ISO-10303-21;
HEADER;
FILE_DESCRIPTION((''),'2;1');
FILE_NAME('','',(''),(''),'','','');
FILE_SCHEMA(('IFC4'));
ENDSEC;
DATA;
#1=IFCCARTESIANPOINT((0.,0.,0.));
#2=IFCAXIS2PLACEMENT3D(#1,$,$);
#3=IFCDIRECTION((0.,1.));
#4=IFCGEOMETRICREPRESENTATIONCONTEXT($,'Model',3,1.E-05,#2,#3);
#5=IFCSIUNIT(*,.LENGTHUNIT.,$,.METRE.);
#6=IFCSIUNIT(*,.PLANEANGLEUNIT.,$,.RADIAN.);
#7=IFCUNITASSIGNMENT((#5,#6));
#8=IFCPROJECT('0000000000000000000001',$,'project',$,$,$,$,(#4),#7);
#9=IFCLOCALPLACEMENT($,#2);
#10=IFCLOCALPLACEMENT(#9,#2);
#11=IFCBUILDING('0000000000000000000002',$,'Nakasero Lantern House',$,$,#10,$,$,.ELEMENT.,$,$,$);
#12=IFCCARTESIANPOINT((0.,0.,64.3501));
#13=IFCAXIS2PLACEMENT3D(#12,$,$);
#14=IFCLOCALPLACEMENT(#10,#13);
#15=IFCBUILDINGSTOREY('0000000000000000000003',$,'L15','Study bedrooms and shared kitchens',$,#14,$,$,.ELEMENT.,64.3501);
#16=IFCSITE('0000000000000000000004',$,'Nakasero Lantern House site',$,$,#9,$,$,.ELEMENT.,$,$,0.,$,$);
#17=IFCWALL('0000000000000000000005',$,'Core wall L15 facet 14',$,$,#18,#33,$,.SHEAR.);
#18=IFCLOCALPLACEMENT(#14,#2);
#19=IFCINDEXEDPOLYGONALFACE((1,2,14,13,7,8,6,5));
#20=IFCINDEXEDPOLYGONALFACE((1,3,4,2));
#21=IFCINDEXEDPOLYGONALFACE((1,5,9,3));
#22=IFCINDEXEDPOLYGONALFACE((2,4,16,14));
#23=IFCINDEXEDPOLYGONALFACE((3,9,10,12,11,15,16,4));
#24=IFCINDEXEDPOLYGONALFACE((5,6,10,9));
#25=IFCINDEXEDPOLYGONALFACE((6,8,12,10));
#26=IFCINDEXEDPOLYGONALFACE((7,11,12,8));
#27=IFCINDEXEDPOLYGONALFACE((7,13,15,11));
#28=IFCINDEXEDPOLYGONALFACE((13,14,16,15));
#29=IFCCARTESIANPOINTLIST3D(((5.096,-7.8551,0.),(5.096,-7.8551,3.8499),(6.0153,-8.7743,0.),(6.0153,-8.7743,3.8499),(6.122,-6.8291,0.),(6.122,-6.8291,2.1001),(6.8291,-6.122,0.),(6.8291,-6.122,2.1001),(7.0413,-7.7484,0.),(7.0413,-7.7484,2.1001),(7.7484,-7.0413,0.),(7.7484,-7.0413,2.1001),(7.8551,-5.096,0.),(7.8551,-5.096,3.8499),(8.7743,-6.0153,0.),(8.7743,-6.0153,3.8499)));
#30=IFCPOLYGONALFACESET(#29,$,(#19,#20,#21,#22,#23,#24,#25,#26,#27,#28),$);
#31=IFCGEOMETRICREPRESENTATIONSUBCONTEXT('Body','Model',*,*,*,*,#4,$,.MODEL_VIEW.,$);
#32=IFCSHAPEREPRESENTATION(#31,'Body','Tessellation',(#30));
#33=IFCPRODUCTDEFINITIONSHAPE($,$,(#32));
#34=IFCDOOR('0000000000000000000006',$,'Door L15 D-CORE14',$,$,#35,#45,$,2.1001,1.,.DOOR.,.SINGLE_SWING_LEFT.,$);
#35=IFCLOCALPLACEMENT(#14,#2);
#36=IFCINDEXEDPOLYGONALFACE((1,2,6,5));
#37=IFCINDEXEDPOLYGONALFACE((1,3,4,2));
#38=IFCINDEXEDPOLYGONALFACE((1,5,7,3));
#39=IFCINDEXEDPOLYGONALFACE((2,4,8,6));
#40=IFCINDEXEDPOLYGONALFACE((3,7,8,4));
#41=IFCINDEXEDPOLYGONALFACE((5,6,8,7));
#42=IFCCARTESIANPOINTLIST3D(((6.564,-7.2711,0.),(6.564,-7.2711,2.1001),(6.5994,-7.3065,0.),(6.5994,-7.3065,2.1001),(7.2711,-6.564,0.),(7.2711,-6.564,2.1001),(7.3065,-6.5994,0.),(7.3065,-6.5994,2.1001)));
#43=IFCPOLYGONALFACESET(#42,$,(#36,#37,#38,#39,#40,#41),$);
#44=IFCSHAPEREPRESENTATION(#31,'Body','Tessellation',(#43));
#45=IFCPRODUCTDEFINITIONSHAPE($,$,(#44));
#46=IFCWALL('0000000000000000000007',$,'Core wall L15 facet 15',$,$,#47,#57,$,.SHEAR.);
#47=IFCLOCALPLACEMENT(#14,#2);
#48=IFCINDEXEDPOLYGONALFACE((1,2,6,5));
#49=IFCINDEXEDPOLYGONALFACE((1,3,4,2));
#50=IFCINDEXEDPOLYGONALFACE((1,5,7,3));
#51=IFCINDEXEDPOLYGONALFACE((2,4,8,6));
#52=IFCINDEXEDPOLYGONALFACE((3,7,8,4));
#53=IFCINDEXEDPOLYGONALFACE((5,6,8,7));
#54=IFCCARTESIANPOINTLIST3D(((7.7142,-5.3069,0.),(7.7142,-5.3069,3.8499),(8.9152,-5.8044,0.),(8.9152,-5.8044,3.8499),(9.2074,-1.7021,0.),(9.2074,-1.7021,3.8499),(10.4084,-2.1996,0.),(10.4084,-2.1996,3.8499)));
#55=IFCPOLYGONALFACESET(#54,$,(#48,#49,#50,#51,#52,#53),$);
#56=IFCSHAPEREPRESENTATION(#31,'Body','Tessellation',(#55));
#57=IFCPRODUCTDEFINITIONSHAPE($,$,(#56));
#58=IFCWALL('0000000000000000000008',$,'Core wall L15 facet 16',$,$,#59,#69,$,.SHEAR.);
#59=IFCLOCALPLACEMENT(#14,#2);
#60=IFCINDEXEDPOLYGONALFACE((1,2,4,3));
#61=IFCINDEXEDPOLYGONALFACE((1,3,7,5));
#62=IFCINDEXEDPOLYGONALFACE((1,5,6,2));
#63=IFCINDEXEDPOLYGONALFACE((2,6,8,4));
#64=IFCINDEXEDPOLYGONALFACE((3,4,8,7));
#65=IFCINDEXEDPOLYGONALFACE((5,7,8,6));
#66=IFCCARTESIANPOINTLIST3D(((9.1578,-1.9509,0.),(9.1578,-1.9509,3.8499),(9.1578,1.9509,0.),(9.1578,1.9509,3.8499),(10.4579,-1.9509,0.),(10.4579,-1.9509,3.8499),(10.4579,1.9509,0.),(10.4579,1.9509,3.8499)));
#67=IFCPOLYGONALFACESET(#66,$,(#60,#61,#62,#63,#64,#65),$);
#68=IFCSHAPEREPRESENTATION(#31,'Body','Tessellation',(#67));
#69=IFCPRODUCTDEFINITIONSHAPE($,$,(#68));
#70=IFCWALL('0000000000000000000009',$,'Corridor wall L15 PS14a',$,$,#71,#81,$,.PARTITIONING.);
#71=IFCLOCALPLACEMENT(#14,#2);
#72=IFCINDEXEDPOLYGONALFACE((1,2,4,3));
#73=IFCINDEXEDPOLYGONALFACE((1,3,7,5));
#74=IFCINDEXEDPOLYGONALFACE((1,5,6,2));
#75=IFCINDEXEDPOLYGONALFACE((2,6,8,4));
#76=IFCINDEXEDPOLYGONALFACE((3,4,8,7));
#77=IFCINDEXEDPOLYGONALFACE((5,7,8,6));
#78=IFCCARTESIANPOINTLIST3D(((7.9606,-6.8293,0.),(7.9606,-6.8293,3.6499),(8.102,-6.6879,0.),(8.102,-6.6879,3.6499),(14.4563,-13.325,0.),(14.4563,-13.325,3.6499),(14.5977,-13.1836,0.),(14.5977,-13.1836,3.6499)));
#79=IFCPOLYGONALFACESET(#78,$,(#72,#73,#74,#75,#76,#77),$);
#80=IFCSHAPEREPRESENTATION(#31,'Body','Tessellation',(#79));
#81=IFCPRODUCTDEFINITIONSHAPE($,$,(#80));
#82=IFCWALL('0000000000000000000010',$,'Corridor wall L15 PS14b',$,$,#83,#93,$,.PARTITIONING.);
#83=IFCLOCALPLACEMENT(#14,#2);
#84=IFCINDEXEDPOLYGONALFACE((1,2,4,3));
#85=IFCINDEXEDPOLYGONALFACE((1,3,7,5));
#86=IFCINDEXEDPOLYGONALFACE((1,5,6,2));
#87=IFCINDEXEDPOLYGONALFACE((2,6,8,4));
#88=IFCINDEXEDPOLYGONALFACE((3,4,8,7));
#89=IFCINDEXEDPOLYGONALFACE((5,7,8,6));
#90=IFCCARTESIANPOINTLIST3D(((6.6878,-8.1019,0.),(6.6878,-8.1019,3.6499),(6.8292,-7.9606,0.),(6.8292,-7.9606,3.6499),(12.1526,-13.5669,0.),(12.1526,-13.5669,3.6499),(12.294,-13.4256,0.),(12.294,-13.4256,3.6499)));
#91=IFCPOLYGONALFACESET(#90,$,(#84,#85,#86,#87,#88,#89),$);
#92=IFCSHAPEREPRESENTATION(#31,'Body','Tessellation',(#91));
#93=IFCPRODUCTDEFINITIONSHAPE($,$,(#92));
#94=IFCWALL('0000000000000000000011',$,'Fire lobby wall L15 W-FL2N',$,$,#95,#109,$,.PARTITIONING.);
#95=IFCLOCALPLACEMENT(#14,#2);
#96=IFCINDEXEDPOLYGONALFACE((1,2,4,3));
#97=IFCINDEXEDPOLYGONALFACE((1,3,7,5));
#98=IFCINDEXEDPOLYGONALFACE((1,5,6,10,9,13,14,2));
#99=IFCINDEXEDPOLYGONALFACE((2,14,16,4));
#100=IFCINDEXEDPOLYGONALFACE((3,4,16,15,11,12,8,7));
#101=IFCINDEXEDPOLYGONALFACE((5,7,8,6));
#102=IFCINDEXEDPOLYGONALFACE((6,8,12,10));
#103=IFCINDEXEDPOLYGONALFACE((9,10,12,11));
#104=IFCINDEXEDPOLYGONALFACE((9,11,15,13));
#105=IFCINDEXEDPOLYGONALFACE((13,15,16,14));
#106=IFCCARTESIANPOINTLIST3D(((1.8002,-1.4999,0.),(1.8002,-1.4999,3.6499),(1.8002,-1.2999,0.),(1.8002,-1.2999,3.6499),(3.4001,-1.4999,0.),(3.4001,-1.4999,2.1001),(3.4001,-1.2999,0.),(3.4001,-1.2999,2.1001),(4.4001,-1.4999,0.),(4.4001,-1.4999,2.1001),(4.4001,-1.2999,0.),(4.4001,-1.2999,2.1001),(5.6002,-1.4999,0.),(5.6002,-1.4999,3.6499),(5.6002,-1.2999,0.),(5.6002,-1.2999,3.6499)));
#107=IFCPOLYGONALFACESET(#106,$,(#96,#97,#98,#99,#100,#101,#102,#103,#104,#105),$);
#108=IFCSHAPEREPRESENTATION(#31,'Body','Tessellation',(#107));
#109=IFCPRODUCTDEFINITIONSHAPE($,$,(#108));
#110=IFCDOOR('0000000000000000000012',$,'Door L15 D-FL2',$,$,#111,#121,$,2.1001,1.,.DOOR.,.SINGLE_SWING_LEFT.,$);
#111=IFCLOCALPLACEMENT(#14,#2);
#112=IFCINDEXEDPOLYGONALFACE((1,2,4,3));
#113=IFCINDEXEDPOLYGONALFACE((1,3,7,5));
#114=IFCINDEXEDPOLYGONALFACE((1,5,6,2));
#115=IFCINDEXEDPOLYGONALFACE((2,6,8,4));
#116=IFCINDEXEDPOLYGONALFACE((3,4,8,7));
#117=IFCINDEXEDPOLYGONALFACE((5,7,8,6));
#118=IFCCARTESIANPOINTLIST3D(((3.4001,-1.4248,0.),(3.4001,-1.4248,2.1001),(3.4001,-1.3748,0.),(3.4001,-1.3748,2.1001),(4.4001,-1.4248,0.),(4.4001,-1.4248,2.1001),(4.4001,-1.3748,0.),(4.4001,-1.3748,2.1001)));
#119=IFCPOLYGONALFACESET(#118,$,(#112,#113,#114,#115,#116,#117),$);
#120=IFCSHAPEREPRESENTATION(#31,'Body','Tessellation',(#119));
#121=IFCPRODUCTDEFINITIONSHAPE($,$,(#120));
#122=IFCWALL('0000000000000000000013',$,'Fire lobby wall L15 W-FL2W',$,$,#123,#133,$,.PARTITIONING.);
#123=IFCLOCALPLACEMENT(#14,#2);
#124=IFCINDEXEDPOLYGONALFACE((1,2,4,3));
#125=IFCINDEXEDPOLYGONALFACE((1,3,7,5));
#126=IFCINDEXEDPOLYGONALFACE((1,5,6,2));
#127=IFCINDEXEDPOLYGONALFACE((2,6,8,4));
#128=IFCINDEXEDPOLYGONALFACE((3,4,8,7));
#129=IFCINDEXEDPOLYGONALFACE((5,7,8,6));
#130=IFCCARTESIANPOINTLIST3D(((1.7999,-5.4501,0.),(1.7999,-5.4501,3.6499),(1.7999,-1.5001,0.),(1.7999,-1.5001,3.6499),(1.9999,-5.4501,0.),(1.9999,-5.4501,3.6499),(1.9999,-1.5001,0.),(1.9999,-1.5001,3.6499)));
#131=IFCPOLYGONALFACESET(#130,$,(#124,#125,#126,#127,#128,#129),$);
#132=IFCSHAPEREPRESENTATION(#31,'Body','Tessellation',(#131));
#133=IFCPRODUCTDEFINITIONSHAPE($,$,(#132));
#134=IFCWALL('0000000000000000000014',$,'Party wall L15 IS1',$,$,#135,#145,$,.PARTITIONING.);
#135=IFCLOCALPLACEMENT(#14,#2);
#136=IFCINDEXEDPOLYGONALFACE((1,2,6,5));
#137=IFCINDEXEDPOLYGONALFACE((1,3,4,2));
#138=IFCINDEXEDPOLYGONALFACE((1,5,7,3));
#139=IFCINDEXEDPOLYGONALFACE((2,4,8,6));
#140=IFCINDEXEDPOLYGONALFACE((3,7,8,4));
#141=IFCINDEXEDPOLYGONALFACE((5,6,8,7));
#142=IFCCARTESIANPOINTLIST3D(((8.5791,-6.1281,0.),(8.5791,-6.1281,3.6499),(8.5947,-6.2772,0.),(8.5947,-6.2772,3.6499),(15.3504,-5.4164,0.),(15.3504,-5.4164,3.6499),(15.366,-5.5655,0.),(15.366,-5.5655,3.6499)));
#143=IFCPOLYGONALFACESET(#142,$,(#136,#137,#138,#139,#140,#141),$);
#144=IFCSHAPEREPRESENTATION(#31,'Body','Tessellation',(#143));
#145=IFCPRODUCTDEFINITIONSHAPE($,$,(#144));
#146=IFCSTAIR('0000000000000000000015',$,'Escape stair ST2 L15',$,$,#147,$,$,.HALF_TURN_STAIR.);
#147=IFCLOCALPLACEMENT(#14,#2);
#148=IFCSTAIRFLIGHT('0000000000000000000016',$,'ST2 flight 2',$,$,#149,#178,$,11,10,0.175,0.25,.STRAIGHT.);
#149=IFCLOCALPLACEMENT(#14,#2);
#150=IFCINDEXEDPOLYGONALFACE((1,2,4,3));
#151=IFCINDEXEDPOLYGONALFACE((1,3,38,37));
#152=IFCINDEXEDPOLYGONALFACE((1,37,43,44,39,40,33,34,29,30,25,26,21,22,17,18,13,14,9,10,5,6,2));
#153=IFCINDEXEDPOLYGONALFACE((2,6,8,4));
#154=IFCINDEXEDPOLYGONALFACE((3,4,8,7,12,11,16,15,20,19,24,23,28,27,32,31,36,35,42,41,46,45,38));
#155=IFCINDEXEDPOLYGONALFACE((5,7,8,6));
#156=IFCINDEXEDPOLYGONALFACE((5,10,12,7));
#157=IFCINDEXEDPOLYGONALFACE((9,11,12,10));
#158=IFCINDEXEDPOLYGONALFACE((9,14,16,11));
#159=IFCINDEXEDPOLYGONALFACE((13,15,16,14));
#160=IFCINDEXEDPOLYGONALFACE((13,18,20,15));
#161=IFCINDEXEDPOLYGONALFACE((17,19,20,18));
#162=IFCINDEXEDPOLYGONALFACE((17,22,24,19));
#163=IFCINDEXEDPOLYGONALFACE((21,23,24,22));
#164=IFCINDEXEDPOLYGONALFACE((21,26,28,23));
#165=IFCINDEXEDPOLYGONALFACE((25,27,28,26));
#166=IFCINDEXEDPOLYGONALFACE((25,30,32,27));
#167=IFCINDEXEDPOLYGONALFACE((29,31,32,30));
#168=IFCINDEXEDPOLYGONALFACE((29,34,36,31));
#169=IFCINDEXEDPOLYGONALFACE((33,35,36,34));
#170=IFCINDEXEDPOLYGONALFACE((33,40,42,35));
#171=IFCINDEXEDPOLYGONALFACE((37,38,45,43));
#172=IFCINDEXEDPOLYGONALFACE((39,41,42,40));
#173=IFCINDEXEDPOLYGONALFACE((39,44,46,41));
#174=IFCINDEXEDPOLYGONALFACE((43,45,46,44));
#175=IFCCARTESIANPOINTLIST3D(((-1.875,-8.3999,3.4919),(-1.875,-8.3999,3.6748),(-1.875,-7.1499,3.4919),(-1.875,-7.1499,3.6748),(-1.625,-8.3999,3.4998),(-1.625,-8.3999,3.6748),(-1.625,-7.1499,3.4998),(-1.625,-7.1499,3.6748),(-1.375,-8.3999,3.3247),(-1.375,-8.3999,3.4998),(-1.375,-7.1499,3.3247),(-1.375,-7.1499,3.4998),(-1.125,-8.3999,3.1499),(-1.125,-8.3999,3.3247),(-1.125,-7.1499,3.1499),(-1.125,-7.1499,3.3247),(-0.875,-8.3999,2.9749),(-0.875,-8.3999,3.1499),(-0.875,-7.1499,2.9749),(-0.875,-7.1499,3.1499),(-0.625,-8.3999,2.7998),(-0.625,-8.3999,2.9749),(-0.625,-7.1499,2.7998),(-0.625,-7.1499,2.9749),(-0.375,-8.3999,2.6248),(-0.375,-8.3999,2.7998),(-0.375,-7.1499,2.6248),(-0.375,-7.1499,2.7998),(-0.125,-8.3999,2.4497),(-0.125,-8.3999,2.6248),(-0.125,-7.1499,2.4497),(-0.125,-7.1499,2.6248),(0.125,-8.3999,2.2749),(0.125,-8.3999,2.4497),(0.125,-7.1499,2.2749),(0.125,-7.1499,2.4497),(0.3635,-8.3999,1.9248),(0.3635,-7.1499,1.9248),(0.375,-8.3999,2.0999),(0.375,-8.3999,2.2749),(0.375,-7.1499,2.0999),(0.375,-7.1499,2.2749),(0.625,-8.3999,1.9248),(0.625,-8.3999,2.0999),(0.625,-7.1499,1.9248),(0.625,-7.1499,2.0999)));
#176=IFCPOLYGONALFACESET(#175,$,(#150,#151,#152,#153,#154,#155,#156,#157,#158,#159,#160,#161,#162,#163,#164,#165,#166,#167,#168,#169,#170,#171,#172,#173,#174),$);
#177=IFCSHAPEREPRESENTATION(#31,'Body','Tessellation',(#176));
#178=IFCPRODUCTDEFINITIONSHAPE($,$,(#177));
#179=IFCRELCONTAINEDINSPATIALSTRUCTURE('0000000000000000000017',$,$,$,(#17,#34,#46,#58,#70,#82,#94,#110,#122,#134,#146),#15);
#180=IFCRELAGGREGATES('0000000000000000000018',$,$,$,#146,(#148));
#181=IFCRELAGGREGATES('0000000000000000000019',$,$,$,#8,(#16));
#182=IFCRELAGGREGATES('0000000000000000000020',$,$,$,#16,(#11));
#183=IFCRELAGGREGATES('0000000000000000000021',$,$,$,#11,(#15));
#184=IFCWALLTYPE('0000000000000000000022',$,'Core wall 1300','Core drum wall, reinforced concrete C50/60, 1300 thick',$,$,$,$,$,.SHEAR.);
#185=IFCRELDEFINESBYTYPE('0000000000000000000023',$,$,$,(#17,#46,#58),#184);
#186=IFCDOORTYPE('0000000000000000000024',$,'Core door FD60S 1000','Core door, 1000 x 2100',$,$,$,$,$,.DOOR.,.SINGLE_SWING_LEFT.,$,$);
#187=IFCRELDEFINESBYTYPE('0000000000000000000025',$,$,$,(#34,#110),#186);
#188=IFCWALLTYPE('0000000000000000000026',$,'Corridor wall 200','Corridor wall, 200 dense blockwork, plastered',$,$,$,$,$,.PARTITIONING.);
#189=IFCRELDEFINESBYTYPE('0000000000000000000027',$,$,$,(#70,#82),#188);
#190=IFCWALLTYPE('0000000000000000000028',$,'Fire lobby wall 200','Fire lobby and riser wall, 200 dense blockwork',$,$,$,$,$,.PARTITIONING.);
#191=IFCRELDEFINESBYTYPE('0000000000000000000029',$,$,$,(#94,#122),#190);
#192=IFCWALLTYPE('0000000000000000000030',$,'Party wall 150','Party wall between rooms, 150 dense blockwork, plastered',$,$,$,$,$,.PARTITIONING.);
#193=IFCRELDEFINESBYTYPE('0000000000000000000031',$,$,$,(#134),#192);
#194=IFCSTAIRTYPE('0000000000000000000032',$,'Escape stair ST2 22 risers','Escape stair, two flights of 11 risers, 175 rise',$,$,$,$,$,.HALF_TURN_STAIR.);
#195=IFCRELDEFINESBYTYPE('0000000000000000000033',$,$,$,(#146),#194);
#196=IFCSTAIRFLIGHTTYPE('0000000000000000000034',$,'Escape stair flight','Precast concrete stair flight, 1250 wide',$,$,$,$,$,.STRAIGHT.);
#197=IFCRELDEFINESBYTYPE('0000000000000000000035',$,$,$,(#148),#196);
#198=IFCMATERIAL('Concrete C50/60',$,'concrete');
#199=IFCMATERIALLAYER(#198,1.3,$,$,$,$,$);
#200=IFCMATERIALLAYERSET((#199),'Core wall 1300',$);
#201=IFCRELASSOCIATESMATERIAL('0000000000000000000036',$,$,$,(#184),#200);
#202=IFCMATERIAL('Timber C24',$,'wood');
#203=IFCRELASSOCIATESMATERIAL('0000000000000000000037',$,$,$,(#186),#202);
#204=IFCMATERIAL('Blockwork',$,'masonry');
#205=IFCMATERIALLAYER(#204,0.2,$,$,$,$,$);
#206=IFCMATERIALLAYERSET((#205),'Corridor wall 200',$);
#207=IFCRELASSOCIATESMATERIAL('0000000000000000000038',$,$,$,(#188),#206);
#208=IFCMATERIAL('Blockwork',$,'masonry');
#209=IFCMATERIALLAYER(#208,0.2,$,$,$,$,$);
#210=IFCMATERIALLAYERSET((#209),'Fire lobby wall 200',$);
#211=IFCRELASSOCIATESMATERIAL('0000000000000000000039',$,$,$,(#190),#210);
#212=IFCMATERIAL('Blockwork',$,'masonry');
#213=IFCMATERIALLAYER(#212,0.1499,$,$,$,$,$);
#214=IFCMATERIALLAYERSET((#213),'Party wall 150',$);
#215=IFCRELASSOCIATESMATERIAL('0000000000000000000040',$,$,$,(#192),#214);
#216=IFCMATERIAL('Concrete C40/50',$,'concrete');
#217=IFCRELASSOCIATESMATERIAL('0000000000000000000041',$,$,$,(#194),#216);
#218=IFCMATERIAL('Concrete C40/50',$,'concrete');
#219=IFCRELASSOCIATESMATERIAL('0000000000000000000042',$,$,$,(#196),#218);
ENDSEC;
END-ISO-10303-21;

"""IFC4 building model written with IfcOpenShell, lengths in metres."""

from ifc_helpers import new_model, si_unit, direction, frame, frame_2d, origin, place, context, subcontext, project, spatial, polyline, rectangle, outline, extrude, material, layer, layer_set, type_object, element, fill, aggregate, save


model = new_model("IFC4")

# Units and contexts
model_context = context("Model", 3, precision=1e-05, world=origin(), true_north=direction((0.0, 1.0)))
body_context = subcontext(model_context, "Body", "Model", "MODEL_VIEW")
ifc_project = project(units=[si_unit("LENGTHUNIT", "METRE"), si_unit("PLANEANGLEUNIT", "RADIAN")], contexts=[model_context])

# Site, building, storey
site_placement = place(None, origin())
site = spatial("IfcSite", under=ifc_project, at=site_placement, Name="Nakasero Lantern House site", CompositionType="ELEMENT", RefElevation=0.0)
building_placement = place(site_placement, origin())
building = spatial("IfcBuilding", under=site, at=building_placement, Name="Nakasero Lantern House", CompositionType="ELEMENT")
storey_placement = place(building_placement, frame((0.0, 0.0, 64.3501)))
storey = spatial("IfcBuildingStorey", under=building, at=storey_placement, Name="L15", Description="Study bedrooms and shared kitchens", CompositionType="ELEMENT", Elevation=64.3501)

# Shared definitions
ifc_material_1 = material(Name="Concrete C50/60", Category="concrete")
ifc_layer_1 = layer(ifc_material_1, 1.3)
ifc_layer_set_1 = layer_set([ifc_layer_1], Name="Core wall 1300")
wall_type_1 = type_object("IfcWallType", Name="Core wall 1300", Description="Core drum wall, reinforced concrete C50/60, 1300 thick", PredefinedType="SHEAR", material=ifc_layer_set_1)

# Wall, opening, door
wall_1_placement = place(storey_placement, frame((5.5557, -8.3147, 0.0), z_axis=(0.0, 0.0, 1.0), x_axis=(0.707107, 0.707107, 0.0)))
wall_1 = element("IfcWall", 1, at=wall_1_placement, inside=storey, type_object=wall_type_1, Name="Core wall L15 facet 14", PredefinedType="SHEAR", context=body_context, shape_type="SweptSolid", body=[
    extrude(rectangle(XDim=3.9019, YDim=1.3, at=frame_2d((1.9509, 0.0))), origin(), (0.0, 0.0, 1.0), 3.8499),
])
opening_1_placement = place(wall_1_placement, frame((1.4509, 0.0, 0.0)))
opening_1 = element("IfcOpeningElement", 2, at=opening_1_placement, cuts=wall_1, PredefinedType="OPENING", context=body_context, shape_type="SweptSolid", body=[
    extrude(rectangle(XDim=1.0, YDim=2.1001, at=frame_2d((0.5, 1.05))), frame((0.0, 0.6699, 0.0), z_axis=(0.0, -1.0, 0.0), x_axis=(1.0, 0.0, 0.0)), (0.0, 0.0, 1.0), 1.3401),
])
ifc_material_2 = material(Name="Timber C24", Category="wood")
door_type_1 = type_object("IfcDoorType", Name="Core door FD60S 1000", Description="Core door, 1000 x 2100", OperationType="SINGLE_SWING_LEFT", PredefinedType="DOOR", material=ifc_material_2)
door_1_placement = place(opening_1_placement, origin())
door_1 = element("IfcDoor", 3, at=door_1_placement, inside=storey, type_object=door_type_1, Name="Door L15 D-CORE14", OperationType="SINGLE_SWING_LEFT", OverallHeight=2.1001, OverallWidth=1.0, PredefinedType="DOOR", context=body_context, shape_type="SweptSolid", body=[
    extrude(rectangle(XDim=1.0, YDim=2.1001, at=frame_2d((0.5, 1.05))), frame((0.0, 0.0249, 0.0), z_axis=(0.0, -1.0, 0.0), x_axis=(1.0, 0.0, 0.0)), (0.0, 0.0, 1.0), 0.05),
])
fill(opening_1, door_1)

# Walls
for number, where, z_axis, x_axis, name in (
    (4, (8.3147, -5.5557, 0.0), (0.0, 0.0, 1.0), (0.382691, 0.923877, 0.0), "Core wall L15 facet 15"),
    (5, (9.8079, -1.9509, 0.0), (0.0, 0.0, 1.0), (0.0, 1.0, 0.0), "Core wall L15 facet 16"),
):
    element("IfcWall", number, at=place(storey_placement, frame(where, z_axis=z_axis, x_axis=x_axis)), inside=storey, type_object=wall_type_1, Name=name, PredefinedType="SHEAR", context=body_context, shape_type="SweptSolid", body=[
        extrude(rectangle(XDim=3.9019, YDim=1.3, at=frame_2d((1.9509, 0.0))), origin(), (0.0, 0.0, 1.0), 3.8499),
    ])
ifc_material_3 = material(Name="Blockwork", Category="masonry")
ifc_layer_2 = layer(ifc_material_3, 0.2)
ifc_layer_set_2 = layer_set([ifc_layer_2], Name="Corridor wall 200")
wall_type_2 = type_object("IfcWallType", Name="Corridor wall 200", Description="Corridor wall, 200 dense blockwork, plastered", PredefinedType="PARTITIONING", material=ifc_layer_set_2)
wall_2_placement = place(storey_placement, frame((8.0312, -6.7585, 0.0), z_axis=(0.0, 0.0, 1.0), x_axis=(0.707107, -0.707107, 0.0)))
element("IfcWall", 6, at=wall_2_placement, inside=storey, type_object=wall_type_2, Name="Corridor wall L15 PS14a", PredefinedType="PARTITIONING", context=body_context, shape_type="SweptSolid", body=[
    extrude(rectangle(XDim=9.1863, YDim=0.2, at=frame_2d((4.5933, 0.0))), origin(), (0.0, 0.0, 1.0), 3.6499),
])
wall_3_placement = place(storey_placement, frame((6.7585, -8.0312, 0.0), z_axis=(0.0, 0.0, 1.0), x_axis=(0.707091, -0.707123, 0.0)))
element("IfcWall", 7, at=wall_3_placement, inside=storey, type_object=wall_type_2, Name="Corridor wall L15 PS14b", PredefinedType="PARTITIONING", context=body_context, shape_type="SweptSolid", body=[
    extrude(rectangle(XDim=7.7285, YDim=0.2, at=frame_2d((3.8643, 0.0))), origin(), (0.0, 0.0, 1.0), 3.6499),
])

# Wall, opening, door
ifc_material_4 = material(Name="Blockwork", Category="masonry")
ifc_layer_3 = layer(ifc_material_4, 0.2)
ifc_layer_set_3 = layer_set([ifc_layer_3], Name="Fire lobby wall 200")
wall_type_3 = type_object("IfcWallType", Name="Fire lobby wall 200", Description="Fire lobby and riser wall, 200 dense blockwork", PredefinedType="PARTITIONING", material=ifc_layer_set_3)
wall_4_placement = place(storey_placement, frame((5.6001, -1.3999, 0.0), z_axis=(0.0, 0.0, 1.0), x_axis=(-1.0, 0.0, 0.0)))
wall_4 = element("IfcWall", 8, at=wall_4_placement, inside=storey, type_object=wall_type_3, Name="Fire lobby wall L15 W-FL2N", PredefinedType="PARTITIONING", context=body_context, shape_type="SweptSolid", body=[
    extrude(rectangle(XDim=3.8, YDim=0.2, at=frame_2d((1.8999, 0.0))), origin(), (0.0, 0.0, 1.0), 3.6499),
])
opening_2_placement = place(wall_4_placement, frame((1.2, 0.0, 0.0)))
opening_2 = element("IfcOpeningElement", 9, at=opening_2_placement, cuts=wall_4, PredefinedType="OPENING", context=body_context, shape_type="SweptSolid", body=[
    extrude(rectangle(XDim=1.0, YDim=2.1001, at=frame_2d((0.5, 1.05))), frame((0.0, 0.1199, 0.0), z_axis=(0.0, -1.0, 0.0), x_axis=(1.0, 0.0, 0.0)), (0.0, 0.0, 1.0), 0.24),
])
door_2_placement = place(opening_2_placement, origin())
door_2 = element("IfcDoor", 10, at=door_2_placement, inside=storey, type_object=door_type_1, Name="Door L15 D-FL2", OperationType="SINGLE_SWING_LEFT", OverallHeight=2.1001, OverallWidth=1.0, PredefinedType="DOOR", context=body_context, shape_type="SweptSolid", body=[
    extrude(rectangle(XDim=1.0, YDim=2.1001, at=frame_2d((0.5, 1.05))), frame((0.0, 0.0249, 0.0), z_axis=(0.0, -1.0, 0.0), x_axis=(1.0, 0.0, 0.0)), (0.0, 0.0, 1.0), 0.05),
])
fill(opening_2, door_2)

# Walls
wall_5_placement = place(storey_placement, frame((1.8999, -1.5, 0.0), z_axis=(0.0, 0.0, 1.0), x_axis=(0.0, -1.0, 0.0)))
element("IfcWall", 11, at=wall_5_placement, inside=storey, type_object=wall_type_3, Name="Fire lobby wall L15 W-FL2W", PredefinedType="PARTITIONING", context=body_context, shape_type="SweptSolid", body=[
    extrude(rectangle(XDim=3.95, YDim=0.2, at=frame_2d((1.9751, 0.0))), origin(), (0.0, 0.0, 1.0), 3.6499),
])
ifc_material_5 = material(Name="Blockwork", Category="masonry")
ifc_layer_4 = layer(ifc_material_5, 0.1499)
ifc_layer_set_4 = layer_set([ifc_layer_4], Name="Party wall 150")
wall_type_4 = type_object("IfcWallType", Name="Party wall 150", Description="Party wall between rooms, 150 dense blockwork, plastered", PredefinedType="PARTITIONING", material=ifc_layer_set_4)
wall_6_placement = place(storey_placement, frame((8.5869, -6.2026, 0.0), z_axis=(0.0, 0.0, 1.0), x_axis=(0.994522, 0.104526, 0.0)))
element("IfcWall", 12, at=wall_6_placement, inside=storey, type_object=wall_type_4, Name="Party wall L15 IS1", PredefinedType="PARTITIONING", context=body_context, shape_type="SweptSolid", body=[
    extrude(rectangle(XDim=6.8086, YDim=0.1499, at=frame_2d((3.4043, 0.0))), origin(), (0.0, 0.0, 1.0), 3.6499),
])

# Stair, stair flight
ifc_material_6 = material(Name="Concrete C40/50", Category="concrete")
stair_type = type_object("IfcStairType", Name="Escape stair ST2 22 risers", Description="Escape stair, two flights of 11 risers, 175 rise", PredefinedType="HALF_TURN_STAIR", material=ifc_material_6)
stair_placement = place(storey_placement, origin())
stair = element("IfcStair", 13, at=stair_placement, inside=storey, type_object=stair_type, Name="Escape stair ST2 L15", PredefinedType="HALF_TURN_STAIR")
ifc_material_7 = material(Name="Concrete C40/50", Category="concrete")
stair_flight_type = type_object("IfcStairFlightType", Name="Escape stair flight", Description="Precast concrete stair flight, 1250 wide", PredefinedType="STRAIGHT", material=ifc_material_7)
stair_flight_placement = place(storey_placement, frame((0.625, -7.7749, 1.9248), z_axis=(0.0, 0.0, 1.0), x_axis=(-1.0, 0.0, 0.0)))
stair_flight = element("IfcStairFlight", 14, at=stair_flight_placement, type_object=stair_flight_type, Name="ST2 flight 2", NumberOfRisers=11, NumberOfTreads=10, PredefinedType="STRAIGHT", RiserHeight=0.175, TreadLength=0.25, context=body_context, shape_type="SweptSolid", body=[
    extrude(outline(polyline([(0.0, 0.0), (0.0, 0.175), (0.25, 0.175), (0.25, 0.3501), (0.5, 0.3501), (0.5, 0.5249), (0.75, 0.5249), (0.75, 0.7), (1.0, 0.7), (1.0, 0.875), (1.25, 0.875), (1.25, 1.05), (1.5, 1.05), (1.5, 1.2251), (1.75, 1.2251), (1.75, 1.3999), (2.0, 1.3999), (2.0, 1.575), (2.25, 1.575), (2.25, 1.75), (2.5, 1.75), (2.5, 1.925), (2.5, 1.5671), (0.2615, 0.0), (0.0, 0.0)])), frame((0.0, 0.625, 0.0), z_axis=(0.0, -1.0, 0.0), x_axis=(1.0, 0.0, 0.0)), (0.0, 0.0, 1.0), 1.25),
])
aggregate(stair, [stair_flight])

save(model, "model.ifc")
